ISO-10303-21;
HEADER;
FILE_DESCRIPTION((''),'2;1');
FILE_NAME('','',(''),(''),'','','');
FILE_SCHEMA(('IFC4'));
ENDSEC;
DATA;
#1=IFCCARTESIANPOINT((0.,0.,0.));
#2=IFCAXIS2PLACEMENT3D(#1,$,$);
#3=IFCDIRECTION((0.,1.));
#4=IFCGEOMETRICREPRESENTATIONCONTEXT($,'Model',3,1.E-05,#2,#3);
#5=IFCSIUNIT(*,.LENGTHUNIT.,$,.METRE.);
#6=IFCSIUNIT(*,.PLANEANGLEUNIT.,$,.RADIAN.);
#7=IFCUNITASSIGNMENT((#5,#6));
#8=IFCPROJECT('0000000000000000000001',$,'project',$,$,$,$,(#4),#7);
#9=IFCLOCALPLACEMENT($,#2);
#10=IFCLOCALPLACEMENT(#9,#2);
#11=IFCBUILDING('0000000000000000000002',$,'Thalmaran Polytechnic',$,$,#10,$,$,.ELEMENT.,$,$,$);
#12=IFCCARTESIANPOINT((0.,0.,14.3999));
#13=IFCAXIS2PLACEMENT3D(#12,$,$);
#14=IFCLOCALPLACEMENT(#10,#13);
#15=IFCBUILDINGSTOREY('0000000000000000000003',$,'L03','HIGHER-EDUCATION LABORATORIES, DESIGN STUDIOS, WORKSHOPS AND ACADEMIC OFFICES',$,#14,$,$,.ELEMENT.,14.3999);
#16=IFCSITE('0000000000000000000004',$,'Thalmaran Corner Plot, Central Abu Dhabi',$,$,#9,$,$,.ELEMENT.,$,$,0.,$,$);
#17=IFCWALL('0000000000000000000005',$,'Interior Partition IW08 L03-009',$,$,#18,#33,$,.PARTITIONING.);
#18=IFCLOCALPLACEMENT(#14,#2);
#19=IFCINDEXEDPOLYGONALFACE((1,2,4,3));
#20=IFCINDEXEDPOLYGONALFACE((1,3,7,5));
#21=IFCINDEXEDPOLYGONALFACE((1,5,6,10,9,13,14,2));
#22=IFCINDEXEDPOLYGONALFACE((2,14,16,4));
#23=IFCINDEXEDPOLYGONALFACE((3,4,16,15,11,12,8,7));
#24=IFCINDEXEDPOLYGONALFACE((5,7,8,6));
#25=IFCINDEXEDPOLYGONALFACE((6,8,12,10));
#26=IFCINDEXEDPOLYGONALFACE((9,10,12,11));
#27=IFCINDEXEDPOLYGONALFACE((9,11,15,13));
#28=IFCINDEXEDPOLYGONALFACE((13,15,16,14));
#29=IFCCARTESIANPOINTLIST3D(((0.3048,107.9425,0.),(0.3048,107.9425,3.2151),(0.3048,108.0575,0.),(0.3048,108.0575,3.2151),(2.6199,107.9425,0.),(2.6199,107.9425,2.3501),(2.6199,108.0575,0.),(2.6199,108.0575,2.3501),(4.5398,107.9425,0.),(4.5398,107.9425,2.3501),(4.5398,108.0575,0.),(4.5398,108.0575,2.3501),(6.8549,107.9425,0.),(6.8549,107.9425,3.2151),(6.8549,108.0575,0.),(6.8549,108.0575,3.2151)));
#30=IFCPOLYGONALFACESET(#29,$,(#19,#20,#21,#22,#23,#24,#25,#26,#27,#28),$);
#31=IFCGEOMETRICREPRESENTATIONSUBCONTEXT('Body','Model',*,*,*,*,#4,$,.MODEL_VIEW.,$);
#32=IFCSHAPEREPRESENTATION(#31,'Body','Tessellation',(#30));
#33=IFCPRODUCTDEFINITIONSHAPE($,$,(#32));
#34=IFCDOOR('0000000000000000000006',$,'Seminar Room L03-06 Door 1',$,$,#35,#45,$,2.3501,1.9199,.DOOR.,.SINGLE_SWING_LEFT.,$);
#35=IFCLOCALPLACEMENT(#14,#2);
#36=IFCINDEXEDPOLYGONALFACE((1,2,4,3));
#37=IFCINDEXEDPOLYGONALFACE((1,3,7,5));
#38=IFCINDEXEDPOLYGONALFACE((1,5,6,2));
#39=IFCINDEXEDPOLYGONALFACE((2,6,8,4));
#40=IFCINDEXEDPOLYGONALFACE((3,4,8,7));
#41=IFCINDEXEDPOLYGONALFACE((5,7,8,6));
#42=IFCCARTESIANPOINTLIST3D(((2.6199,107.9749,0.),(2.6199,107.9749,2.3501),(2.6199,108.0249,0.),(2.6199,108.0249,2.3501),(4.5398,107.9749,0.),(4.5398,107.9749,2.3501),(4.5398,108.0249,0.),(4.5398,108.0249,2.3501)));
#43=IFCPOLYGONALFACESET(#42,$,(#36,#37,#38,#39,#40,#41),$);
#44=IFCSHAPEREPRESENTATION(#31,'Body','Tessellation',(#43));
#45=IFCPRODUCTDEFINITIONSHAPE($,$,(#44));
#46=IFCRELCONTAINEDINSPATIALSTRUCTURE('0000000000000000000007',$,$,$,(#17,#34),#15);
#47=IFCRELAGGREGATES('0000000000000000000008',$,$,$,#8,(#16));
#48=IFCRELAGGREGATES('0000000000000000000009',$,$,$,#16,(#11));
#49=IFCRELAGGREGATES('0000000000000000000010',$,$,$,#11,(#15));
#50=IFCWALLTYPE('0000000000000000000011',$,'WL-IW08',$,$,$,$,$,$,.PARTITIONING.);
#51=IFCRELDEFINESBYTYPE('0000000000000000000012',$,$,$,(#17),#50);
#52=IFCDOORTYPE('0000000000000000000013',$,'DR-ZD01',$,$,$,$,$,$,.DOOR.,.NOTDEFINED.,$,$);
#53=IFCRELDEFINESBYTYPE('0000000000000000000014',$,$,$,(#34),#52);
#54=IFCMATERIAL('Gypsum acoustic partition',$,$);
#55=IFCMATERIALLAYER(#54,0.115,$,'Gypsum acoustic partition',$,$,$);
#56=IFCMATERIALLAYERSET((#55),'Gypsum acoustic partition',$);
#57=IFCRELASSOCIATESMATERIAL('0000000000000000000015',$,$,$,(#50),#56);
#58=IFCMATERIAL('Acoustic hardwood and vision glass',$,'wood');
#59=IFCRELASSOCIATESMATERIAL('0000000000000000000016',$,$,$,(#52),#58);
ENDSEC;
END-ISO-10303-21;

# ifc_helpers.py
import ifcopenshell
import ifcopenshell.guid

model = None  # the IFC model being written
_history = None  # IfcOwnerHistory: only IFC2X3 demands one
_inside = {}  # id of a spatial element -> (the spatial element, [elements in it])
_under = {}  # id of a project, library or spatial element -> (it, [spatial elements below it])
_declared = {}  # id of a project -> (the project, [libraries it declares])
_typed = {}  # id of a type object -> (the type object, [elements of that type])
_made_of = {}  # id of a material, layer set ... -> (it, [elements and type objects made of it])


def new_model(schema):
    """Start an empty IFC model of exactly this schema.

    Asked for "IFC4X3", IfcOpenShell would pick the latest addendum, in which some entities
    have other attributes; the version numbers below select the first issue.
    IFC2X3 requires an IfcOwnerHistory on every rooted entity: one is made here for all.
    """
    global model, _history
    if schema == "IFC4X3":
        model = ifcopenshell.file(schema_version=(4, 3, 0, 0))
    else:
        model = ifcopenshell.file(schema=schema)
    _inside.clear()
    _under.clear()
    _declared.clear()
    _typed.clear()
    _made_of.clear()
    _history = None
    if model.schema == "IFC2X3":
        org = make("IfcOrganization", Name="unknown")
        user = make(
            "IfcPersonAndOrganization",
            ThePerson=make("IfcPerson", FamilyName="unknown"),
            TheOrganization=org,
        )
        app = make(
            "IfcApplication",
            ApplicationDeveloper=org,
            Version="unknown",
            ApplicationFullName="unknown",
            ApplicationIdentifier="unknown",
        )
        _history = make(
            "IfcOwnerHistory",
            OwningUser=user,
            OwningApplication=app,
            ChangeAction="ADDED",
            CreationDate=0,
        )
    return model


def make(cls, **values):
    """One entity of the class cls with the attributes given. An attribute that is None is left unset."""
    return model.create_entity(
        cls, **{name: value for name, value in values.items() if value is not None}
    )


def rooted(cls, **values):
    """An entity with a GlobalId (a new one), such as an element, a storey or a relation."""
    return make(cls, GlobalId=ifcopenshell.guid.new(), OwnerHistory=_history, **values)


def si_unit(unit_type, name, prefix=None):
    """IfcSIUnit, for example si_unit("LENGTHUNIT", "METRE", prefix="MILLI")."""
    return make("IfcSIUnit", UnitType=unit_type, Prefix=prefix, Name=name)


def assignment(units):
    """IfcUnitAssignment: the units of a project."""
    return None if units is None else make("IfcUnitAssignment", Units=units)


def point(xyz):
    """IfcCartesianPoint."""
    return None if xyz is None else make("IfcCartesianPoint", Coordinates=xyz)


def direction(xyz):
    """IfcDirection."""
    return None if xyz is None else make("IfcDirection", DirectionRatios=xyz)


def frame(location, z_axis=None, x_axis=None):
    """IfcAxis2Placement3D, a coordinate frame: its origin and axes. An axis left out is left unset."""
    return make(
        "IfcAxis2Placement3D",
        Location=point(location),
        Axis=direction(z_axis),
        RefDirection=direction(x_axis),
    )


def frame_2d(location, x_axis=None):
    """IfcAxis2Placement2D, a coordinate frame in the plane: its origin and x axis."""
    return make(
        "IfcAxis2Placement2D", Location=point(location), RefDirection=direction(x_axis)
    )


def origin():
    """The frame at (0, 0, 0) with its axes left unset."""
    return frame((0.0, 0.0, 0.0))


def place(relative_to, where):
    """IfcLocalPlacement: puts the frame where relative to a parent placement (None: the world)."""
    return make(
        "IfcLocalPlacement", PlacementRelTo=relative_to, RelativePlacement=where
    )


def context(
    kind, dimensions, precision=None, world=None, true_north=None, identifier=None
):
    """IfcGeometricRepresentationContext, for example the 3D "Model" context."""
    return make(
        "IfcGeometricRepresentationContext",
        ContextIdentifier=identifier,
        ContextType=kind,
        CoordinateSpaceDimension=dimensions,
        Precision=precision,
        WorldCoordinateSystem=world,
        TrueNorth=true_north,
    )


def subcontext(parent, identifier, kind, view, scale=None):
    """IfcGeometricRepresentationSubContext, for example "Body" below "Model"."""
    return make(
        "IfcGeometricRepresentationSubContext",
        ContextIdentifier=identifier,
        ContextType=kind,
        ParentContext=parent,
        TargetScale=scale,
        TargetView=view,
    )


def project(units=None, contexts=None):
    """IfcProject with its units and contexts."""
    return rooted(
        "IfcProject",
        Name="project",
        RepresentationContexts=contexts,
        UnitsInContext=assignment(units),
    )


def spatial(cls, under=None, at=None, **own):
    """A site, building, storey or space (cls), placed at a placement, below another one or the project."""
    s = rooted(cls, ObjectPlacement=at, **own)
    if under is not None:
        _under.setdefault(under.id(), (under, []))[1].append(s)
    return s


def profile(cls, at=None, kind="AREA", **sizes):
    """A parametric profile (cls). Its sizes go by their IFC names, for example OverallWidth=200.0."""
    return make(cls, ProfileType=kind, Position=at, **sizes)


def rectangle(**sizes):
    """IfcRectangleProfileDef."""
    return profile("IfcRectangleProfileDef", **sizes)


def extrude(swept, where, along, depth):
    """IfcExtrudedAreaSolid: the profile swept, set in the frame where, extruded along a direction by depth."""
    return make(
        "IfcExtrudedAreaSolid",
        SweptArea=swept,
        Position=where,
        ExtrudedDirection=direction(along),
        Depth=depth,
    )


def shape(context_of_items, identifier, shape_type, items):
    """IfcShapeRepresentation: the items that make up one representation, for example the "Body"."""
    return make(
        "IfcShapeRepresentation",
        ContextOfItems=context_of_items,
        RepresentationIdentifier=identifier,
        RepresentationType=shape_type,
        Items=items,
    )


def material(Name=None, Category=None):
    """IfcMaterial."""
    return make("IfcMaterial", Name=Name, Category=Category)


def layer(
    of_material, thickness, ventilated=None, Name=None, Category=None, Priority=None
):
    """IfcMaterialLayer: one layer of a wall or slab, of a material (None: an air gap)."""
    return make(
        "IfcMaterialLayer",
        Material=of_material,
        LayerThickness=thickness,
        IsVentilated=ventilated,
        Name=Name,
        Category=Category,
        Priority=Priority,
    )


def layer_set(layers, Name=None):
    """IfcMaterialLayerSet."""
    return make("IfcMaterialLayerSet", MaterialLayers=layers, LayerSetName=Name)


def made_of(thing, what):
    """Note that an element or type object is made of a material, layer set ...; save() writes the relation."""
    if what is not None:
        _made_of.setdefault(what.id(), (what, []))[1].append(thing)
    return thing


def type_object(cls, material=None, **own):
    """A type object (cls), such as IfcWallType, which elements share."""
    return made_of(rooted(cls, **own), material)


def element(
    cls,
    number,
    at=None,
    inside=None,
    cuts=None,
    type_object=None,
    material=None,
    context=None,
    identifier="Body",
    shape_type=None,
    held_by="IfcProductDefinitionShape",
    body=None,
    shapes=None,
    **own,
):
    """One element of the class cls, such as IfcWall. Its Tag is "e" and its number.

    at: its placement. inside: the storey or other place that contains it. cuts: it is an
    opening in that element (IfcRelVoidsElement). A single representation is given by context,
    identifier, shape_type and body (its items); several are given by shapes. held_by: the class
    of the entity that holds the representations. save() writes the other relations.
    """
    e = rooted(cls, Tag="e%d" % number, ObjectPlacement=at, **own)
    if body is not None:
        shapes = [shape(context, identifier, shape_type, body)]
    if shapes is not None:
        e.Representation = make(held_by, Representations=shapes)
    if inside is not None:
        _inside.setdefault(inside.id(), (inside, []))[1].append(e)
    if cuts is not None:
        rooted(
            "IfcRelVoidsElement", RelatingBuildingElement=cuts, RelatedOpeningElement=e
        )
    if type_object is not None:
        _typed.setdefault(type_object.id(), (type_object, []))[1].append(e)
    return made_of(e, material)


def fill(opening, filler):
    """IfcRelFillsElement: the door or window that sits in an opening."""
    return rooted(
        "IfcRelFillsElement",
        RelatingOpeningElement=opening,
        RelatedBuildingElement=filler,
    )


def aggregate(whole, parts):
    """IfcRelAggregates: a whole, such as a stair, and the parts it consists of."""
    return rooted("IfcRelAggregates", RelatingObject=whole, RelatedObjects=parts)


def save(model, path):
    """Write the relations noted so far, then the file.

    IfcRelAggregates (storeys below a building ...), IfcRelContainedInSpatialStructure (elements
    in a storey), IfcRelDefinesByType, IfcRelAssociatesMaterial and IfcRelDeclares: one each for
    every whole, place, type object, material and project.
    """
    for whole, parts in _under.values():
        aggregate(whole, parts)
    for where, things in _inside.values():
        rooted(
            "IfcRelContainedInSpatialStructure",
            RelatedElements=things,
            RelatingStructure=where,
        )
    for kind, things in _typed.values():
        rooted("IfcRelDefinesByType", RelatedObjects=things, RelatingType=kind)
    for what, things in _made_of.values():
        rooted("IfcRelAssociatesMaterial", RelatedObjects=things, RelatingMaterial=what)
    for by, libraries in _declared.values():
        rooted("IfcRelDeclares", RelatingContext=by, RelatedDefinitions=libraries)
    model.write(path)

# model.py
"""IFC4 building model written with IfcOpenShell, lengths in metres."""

from ifc_helpers import new_model, si_unit, direction, frame, frame_2d, origin, place, context, subcontext, project, spatial, rectangle, extrude, material, layer, layer_set, type_object, element, fill, save


model = new_model("IFC4")

# Units and contexts
model_context = context("Model", 3, precision=1e-05, world=origin(), true_north=direction((0.0, 1.0)))
body_context = subcontext(model_context, "Body", "Model", "MODEL_VIEW")
ifc_project = project(units=[si_unit("LENGTHUNIT", "METRE"), si_unit("PLANEANGLEUNIT", "RADIAN")], contexts=[model_context])

# Site, building, storey
site_placement = place(None, origin())
site = spatial("IfcSite", under=ifc_project, at=site_placement, Name="Thalmaran Corner Plot, Central Abu Dhabi", CompositionType="ELEMENT", RefElevation=0.0)
building_placement = place(site_placement, origin())
building = spatial("IfcBuilding", under=site, at=building_placement, Name="Thalmaran Polytechnic", CompositionType="ELEMENT")
storey_placement = place(building_placement, frame((0.0, 0.0, 14.3999)))
storey = spatial("IfcBuildingStorey", under=building, at=storey_placement, Name="L03", Description="HIGHER-EDUCATION LABORATORIES, DESIGN STUDIOS, WORKSHOPS AND ACADEMIC OFFICES", CompositionType="ELEMENT", Elevation=14.3999)

# Shared definitions
ifc_material_1 = material(Name="Gypsum acoustic partition")

# Wall, opening, door
ifc_layer_1 = layer(ifc_material_1, 0.115, Name="Gypsum acoustic partition")
ifc_layer_set_1 = layer_set([ifc_layer_1], Name="Gypsum acoustic partition")
wall_type_1 = type_object("IfcWallType", Name="WL-IW08", PredefinedType="PARTITIONING", material=ifc_layer_set_1)
wall_1_placement = place(storey_placement, frame((0.3049, 108.0, 0.0), z_axis=(0.0, 0.0, 1.0), x_axis=(1.0, 0.0, 0.0)))
wall_1 = element("IfcWall", 1, at=wall_1_placement, inside=storey, type_object=wall_type_1, Name="Interior Partition IW08 L03-009", PredefinedType="PARTITIONING", context=body_context, shape_type="SweptSolid", body=[
    extrude(rectangle(XDim=6.55, YDim=0.115, at=frame_2d((3.2749, 0.0))), origin(), (0.0, 0.0, 1.0), 3.2151),
])
opening_1_placement = place(wall_1_placement, frame((2.3149, 0.0, 0.0)))
opening_1 = element("IfcOpeningElement", 2, at=opening_1_placement, cuts=wall_1, PredefinedType="OPENING", context=body_context, shape_type="SweptSolid", body=[
    extrude(rectangle(XDim=1.9199, YDim=2.3501, at=frame_2d((0.96, 1.175))), frame((0.0, 0.0674, 0.0), z_axis=(0.0, -1.0, 0.0), x_axis=(1.0, 0.0, 0.0)), (0.0, 0.0, 1.0), 0.135),
])
ifc_material_2 = material(Name="Acoustic hardwood and vision glass", Category="wood")
door_type = type_object("IfcDoorType", Name="DR-ZD01", OperationType="NOTDEFINED", PredefinedType="DOOR", material=ifc_material_2)
door_placement = place(opening_1_placement, origin())
door = element("IfcDoor", 3, at=door_placement, inside=storey, type_object=door_type, Name="Seminar Room L03-06 Door 1", OperationType="SINGLE_SWING_LEFT", OverallHeight=2.3501, OverallWidth=1.9199, PredefinedType="DOOR", context=body_context, shape_type="SweptSolid", body=[
    extrude(rectangle(XDim=1.9199, YDim=2.3501, at=frame_2d((0.96, 1.175))), frame((0.0, 0.0249, 0.0), z_axis=(0.0, -1.0, 0.0), x_axis=(1.0, 0.0, 0.0)), (0.0, 0.0, 1.0), 0.05),
])
fill(opening_1, door)

save(model, "model.ifc")
